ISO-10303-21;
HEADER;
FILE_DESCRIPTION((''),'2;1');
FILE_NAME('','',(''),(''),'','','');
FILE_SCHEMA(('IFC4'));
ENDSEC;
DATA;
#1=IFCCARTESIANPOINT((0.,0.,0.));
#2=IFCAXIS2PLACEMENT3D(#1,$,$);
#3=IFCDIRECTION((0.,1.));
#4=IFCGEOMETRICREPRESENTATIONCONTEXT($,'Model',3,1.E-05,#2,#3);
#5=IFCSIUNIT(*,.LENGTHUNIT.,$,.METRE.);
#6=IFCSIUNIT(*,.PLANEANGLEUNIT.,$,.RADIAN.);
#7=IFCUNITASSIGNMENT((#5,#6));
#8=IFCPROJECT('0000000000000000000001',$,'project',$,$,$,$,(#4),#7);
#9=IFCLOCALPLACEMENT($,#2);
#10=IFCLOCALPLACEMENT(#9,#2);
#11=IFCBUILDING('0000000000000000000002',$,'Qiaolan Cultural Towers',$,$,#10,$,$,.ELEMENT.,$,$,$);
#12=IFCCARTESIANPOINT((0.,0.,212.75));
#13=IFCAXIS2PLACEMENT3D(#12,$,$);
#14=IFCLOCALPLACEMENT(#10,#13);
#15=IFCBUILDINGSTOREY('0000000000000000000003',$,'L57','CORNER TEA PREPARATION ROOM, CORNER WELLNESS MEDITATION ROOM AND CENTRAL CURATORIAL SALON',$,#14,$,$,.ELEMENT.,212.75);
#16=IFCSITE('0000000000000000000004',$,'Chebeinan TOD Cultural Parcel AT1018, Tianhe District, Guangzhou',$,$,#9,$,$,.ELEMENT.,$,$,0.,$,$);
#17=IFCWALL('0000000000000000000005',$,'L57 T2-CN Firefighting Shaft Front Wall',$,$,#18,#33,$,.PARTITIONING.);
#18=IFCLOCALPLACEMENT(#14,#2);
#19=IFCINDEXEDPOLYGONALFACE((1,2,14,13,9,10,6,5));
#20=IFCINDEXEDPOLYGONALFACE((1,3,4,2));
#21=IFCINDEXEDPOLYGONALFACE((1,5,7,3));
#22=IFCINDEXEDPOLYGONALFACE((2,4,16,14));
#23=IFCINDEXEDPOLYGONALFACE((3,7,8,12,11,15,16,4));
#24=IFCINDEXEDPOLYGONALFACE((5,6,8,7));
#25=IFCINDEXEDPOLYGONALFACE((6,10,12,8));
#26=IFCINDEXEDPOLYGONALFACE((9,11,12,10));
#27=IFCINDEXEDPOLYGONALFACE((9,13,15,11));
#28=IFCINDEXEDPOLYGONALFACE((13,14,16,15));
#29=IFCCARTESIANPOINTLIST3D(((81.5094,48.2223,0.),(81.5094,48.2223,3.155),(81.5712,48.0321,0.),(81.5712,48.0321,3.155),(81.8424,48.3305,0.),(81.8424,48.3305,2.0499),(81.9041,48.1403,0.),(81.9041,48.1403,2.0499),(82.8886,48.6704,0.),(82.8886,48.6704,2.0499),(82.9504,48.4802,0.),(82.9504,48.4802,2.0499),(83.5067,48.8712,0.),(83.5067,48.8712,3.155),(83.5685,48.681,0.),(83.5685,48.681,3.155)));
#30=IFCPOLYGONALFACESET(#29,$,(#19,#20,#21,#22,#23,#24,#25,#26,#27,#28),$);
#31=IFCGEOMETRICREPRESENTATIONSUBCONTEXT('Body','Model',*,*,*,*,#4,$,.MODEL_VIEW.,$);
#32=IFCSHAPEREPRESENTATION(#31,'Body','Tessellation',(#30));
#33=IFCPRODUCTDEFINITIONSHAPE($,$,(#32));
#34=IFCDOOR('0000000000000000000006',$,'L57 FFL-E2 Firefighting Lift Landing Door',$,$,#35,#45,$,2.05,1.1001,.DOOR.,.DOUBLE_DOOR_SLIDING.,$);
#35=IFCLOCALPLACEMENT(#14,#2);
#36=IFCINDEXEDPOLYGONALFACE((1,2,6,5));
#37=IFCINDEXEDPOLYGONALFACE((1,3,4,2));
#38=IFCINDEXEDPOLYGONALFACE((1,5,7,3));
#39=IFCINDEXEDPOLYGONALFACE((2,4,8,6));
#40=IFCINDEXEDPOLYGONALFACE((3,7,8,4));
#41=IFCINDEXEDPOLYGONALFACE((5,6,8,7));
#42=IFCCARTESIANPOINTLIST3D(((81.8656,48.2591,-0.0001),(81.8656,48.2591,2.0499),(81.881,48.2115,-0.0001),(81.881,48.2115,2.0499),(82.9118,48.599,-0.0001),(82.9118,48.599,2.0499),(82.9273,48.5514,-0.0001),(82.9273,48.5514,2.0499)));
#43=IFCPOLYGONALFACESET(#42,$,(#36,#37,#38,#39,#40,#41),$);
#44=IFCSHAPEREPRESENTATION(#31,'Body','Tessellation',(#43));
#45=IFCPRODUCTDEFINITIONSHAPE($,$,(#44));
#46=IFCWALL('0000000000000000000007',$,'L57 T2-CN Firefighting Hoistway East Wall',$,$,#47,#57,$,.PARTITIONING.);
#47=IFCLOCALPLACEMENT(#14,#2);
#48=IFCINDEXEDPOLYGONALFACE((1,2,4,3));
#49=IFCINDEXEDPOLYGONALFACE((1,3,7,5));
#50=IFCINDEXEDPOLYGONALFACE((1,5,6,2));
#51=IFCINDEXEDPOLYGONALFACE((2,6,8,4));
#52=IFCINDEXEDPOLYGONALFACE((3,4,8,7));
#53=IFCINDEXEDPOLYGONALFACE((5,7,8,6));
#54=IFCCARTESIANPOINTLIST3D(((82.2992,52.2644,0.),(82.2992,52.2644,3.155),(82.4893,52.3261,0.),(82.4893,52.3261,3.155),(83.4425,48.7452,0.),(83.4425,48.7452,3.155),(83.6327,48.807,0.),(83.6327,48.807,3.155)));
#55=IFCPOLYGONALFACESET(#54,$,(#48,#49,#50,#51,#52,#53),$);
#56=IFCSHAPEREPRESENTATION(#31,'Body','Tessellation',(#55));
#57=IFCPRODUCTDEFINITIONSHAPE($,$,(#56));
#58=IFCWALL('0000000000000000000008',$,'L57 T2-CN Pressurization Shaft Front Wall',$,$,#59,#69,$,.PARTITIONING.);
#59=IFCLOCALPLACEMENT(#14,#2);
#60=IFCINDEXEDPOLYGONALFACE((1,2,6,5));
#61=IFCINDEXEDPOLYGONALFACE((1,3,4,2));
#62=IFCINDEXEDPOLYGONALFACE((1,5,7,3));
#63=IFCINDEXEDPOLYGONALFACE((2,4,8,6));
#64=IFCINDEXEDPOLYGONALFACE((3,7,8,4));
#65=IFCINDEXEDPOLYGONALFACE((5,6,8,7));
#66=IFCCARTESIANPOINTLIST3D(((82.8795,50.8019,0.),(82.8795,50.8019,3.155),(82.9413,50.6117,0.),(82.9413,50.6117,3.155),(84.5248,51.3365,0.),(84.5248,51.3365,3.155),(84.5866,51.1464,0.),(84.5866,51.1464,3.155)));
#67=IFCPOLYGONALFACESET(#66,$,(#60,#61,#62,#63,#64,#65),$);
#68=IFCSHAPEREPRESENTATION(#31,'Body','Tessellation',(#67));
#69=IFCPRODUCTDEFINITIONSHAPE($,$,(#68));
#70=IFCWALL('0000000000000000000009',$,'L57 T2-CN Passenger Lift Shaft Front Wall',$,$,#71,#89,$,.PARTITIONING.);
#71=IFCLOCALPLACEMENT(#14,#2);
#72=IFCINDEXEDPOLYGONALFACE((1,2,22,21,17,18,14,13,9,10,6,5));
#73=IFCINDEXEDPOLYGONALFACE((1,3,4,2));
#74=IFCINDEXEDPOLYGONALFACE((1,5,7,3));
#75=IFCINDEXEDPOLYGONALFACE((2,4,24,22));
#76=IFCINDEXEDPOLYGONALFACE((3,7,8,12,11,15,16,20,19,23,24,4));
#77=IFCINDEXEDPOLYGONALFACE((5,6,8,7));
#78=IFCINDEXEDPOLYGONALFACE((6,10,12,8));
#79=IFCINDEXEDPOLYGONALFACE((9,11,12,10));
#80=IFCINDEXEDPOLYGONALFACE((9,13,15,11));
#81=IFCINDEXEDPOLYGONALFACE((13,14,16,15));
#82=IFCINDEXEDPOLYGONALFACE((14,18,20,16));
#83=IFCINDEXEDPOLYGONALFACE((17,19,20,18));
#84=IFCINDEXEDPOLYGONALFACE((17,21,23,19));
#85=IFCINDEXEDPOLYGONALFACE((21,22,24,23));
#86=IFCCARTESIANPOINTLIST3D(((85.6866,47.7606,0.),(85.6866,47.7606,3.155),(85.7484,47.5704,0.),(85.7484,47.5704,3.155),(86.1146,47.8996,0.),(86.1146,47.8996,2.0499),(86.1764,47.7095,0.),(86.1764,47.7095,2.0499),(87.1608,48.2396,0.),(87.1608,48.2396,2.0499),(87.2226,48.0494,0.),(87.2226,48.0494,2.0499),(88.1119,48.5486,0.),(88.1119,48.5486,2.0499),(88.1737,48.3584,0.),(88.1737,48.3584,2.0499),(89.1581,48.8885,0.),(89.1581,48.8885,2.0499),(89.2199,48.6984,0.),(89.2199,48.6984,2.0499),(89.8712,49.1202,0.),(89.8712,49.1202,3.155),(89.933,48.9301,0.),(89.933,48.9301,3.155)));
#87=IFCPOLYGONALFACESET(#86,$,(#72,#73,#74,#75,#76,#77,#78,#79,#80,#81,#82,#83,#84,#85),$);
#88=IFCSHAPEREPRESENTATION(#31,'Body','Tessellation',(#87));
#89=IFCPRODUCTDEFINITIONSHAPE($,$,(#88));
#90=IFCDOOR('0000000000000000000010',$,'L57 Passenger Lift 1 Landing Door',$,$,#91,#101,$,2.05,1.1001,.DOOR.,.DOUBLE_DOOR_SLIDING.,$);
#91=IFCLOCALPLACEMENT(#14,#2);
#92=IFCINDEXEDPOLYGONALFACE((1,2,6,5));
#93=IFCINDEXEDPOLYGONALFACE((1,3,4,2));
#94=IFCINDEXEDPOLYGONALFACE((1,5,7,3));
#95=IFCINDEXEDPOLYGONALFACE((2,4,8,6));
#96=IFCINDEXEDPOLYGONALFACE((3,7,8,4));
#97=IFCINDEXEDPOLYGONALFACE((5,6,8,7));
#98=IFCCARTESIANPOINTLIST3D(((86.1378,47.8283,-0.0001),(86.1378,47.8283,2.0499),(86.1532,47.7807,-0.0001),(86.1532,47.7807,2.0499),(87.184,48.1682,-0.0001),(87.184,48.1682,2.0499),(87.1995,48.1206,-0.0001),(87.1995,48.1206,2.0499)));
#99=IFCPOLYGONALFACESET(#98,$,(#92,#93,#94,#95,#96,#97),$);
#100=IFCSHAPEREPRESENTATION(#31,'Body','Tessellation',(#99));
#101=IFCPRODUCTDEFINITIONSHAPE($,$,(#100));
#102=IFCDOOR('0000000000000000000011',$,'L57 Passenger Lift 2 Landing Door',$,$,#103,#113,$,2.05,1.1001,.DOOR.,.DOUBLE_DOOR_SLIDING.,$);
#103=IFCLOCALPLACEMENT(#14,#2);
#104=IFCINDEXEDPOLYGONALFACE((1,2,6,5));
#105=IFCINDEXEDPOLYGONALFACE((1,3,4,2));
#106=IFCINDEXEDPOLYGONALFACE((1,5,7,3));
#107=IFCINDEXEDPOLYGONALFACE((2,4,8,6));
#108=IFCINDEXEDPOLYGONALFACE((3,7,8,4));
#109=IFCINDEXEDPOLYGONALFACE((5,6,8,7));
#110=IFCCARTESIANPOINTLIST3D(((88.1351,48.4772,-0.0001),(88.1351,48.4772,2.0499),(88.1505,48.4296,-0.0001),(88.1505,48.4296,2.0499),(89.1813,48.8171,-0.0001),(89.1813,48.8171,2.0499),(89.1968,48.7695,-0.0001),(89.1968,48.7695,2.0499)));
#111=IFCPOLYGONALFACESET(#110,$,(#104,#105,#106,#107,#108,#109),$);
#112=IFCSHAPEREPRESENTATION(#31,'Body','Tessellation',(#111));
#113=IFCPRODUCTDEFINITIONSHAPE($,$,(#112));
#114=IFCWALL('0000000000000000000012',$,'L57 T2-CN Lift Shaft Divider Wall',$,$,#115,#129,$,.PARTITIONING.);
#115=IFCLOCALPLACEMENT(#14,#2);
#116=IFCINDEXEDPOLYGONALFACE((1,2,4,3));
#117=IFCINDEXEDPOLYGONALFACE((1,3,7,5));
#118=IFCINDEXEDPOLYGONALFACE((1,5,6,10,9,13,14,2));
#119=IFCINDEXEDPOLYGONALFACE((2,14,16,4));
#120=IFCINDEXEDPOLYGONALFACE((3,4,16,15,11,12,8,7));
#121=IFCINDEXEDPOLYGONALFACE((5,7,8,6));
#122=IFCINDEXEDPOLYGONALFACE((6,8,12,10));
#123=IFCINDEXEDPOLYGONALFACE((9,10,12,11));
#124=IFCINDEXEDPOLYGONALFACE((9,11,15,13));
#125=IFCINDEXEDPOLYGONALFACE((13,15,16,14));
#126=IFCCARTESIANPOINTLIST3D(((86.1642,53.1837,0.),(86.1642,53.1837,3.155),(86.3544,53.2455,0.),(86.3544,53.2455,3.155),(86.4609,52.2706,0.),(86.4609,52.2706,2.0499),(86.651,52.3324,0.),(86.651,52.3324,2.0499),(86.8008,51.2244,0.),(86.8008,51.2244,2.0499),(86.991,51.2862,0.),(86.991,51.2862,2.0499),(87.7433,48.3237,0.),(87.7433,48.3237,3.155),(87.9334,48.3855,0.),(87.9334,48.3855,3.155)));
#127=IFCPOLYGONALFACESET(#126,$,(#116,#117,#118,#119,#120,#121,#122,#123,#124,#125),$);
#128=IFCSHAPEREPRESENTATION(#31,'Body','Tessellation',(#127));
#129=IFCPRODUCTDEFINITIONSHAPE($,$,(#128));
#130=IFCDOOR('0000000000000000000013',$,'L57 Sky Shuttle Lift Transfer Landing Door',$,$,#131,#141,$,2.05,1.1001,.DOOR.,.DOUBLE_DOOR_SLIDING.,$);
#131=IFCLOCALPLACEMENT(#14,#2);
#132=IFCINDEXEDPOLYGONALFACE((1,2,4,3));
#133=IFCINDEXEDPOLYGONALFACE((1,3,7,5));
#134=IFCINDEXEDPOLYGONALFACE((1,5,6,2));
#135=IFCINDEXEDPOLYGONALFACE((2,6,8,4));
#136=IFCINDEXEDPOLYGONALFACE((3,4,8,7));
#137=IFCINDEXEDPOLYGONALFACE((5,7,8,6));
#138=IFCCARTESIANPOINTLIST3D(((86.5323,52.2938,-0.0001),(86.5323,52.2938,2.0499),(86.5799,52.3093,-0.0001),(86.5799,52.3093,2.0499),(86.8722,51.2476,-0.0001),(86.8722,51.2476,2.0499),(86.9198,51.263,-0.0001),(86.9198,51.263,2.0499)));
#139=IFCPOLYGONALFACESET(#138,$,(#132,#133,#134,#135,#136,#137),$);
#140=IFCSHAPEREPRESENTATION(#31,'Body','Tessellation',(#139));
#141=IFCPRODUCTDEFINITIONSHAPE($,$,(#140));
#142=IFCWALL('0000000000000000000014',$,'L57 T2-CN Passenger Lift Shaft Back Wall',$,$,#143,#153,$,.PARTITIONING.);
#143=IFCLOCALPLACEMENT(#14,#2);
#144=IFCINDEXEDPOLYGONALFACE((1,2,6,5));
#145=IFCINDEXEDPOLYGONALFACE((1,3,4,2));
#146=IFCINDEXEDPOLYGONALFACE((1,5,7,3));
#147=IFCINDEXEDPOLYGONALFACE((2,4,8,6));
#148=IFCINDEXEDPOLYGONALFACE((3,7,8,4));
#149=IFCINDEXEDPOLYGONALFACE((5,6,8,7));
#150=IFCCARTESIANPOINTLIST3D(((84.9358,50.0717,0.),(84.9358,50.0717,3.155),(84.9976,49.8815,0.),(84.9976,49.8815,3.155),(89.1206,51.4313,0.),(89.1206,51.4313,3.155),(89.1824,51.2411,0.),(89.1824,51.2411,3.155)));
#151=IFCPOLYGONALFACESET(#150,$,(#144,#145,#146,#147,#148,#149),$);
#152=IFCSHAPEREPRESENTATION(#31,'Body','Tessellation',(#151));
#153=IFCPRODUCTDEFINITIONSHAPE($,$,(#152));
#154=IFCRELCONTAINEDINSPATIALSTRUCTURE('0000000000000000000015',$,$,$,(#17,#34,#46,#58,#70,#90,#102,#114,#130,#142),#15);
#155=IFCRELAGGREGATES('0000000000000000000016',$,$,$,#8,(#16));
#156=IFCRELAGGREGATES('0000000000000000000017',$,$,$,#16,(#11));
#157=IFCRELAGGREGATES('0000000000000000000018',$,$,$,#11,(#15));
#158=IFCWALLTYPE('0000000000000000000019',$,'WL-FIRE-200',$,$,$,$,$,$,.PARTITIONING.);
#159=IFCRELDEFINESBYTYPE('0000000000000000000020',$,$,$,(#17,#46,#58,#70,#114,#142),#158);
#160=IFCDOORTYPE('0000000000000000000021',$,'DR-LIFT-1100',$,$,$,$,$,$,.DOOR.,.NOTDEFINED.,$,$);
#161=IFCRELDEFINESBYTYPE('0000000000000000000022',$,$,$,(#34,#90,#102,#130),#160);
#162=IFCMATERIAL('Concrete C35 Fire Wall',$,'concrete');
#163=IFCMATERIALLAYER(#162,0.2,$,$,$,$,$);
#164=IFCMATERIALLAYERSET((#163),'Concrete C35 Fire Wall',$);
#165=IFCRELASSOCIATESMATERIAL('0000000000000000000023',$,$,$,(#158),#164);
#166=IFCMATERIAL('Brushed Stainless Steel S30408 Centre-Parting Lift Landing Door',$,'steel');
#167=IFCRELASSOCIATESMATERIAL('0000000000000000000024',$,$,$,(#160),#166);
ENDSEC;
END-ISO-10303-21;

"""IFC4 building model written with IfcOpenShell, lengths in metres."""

from ifc_helpers import new_model, si_unit, direction, frame, frame_2d, origin, place, context, subcontext, project, spatial, rectangle, extrude, material, layer, layer_set, type_object, element, fill, save


model = new_model("IFC4")

# Units and contexts
model_context = context("Model", 3, precision=1e-05, world=origin(), true_north=direction((0.0, 1.0)))
body_context = subcontext(model_context, "Body", "Model", "MODEL_VIEW")
ifc_project = project(units=[si_unit("LENGTHUNIT", "METRE"), si_unit("PLANEANGLEUNIT", "RADIAN")], contexts=[model_context])

# Site, building, storey
site_placement = place(None, origin())
site = spatial("IfcSite", under=ifc_project, at=site_placement, Name="Chebeinan TOD Cultural Parcel AT1018, Tianhe District, Guangzhou", CompositionType="ELEMENT", RefElevation=0.0)
building_placement = place(site_placement, origin())
building = spatial("IfcBuilding", under=site, at=building_placement, Name="Qiaolan Cultural Towers", CompositionType="ELEMENT")
storey_placement = place(building_placement, frame((0.0, 0.0, 212.75)))
storey = spatial("IfcBuildingStorey", under=building, at=storey_placement, Name="L57", Description="CORNER TEA PREPARATION ROOM, CORNER WELLNESS MEDITATION ROOM AND CENTRAL CURATORIAL SALON", CompositionType="ELEMENT", Elevation=212.75)

# Wall, opening, door
ifc_material_1 = material(Name="Concrete C35 Fire Wall", Category="concrete")
ifc_layer_1 = layer(ifc_material_1, 0.2)
ifc_layer_set_1 = layer_set([ifc_layer_1], Name="Concrete C35 Fire Wall")
wall_type = type_object("IfcWallType", Name="WL-FIRE-200", PredefinedType="PARTITIONING", material=ifc_layer_set_1)
wall_1_placement = place(storey_placement, frame((81.5403, 48.1272, 0.0), z_axis=(0.0, 0.0, 1.0), x_axis=(0.951062, 0.308999, 0.0)))
wall_1 = element("IfcWall", 1, at=wall_1_placement, inside=storey, type_object=wall_type, Name="L57 T2-CN Firefighting Shaft Front Wall", PredefinedType="PARTITIONING", context=body_context, shape_type="SweptSolid", body=[
    extrude(rectangle(XDim=2.1001, YDim=0.2, at=frame_2d((1.05, 0.0))), origin(), (0.0, 0.0, 1.0), 3.155),
])
opening_1_placement = place(wall_1_placement, frame((0.3501, 0.0, 0.0)))
opening_1 = element("IfcOpeningElement", 2, at=opening_1_placement, cuts=wall_1, PredefinedType="OPENING", context=body_context, shape_type="SweptSolid", body=[
    extrude(rectangle(XDim=1.1001, YDim=2.05, at=frame_2d((0.55, 1.0249))), frame((0.0, 0.1099, 0.0), z_axis=(0.0, -1.0, 0.0), x_axis=(1.0, 0.0, 0.0)), (0.0, 0.0, 1.0), 0.22),
])
ifc_material_2 = material(Name="Brushed Stainless Steel S30408 Centre-Parting Lift Landing Door", Category="steel")
door_type = type_object("IfcDoorType", Name="DR-LIFT-1100", OperationType="NOTDEFINED", PredefinedType="DOOR", material=ifc_material_2)
door_1_placement = place(opening_1_placement, origin())
door_1 = element("IfcDoor", 3, at=door_1_placement, inside=storey, type_object=door_type, Name="L57 FFL-E2 Firefighting Lift Landing Door", OperationType="DOUBLE_DOOR_SLIDING", OverallHeight=2.05, OverallWidth=1.1001, PredefinedType="DOOR", context=body_context, shape_type="SweptSolid", body=[
    extrude(rectangle(XDim=1.1001, YDim=2.05, at=frame_2d((0.55, 1.0249))), frame((0.0, 0.0249, 0.0), z_axis=(0.0, -1.0, 0.0), x_axis=(1.0, 0.0, 0.0)), (0.0, 0.0, 1.0), 0.05),
])
fill(opening_1, door_1)

# Walls
wall_2_placement = place(storey_placement, frame((83.5376, 48.7761, 0.0), z_axis=(0.0, 0.0, 1.0), x_axis=(-0.308994, 0.951064, 0.0)))
element("IfcWall", 4, at=wall_2_placement, inside=storey, type_object=wall_type, Name="L57 T2-CN Firefighting Hoistway East Wall", PredefinedType="PARTITIONING", context=body_context, shape_type="SweptSolid", body=[
    extrude(rectangle(XDim=3.7002, YDim=0.2, at=frame_2d((1.8501, 0.0))), origin(), (0.0, 0.0, 1.0), 3.155),
])
wall_3_placement = place(storey_placement, frame((82.9104, 50.7068, 0.0), z_axis=(0.0, 0.0, 1.0), x_axis=(0.951041, 0.309064, 0.0)))
element("IfcWall", 5, at=wall_3_placement, inside=storey, type_object=wall_type, Name="L57 T2-CN Pressurization Shaft Front Wall", PredefinedType="PARTITIONING", context=body_context, shape_type="SweptSolid", body=[
    extrude(rectangle(XDim=1.73, YDim=0.2, at=frame_2d((0.865, 0.0))), origin(), (0.0, 0.0, 1.0), 3.155),
])

# Wall, openings, doors
wall_4_placement = place(storey_placement, frame((85.7175, 47.6655, 0.0), z_axis=(0.0, 0.0, 1.0), x_axis=(0.951059, 0.309011, 0.0)))
wall_4 = element("IfcWall", 6, at=wall_4_placement, inside=storey, type_object=wall_type, Name="L57 T2-CN Passenger Lift Shaft Front Wall", PredefinedType="PARTITIONING", context=body_context, shape_type="SweptSolid", body=[
    extrude(rectangle(XDim=4.3999, YDim=0.2, at=frame_2d((2.2, 0.0))), origin(), (0.0, 0.0, 1.0), 3.155),
])
opening_2_placement = place(wall_4_placement, frame((0.45, 0.0, 0.0)))
opening_2 = element("IfcOpeningElement", 7, at=opening_2_placement, cuts=wall_4, PredefinedType="OPENING", context=body_context, shape_type="SweptSolid", body=[
    extrude(rectangle(XDim=1.1001, YDim=2.05, at=frame_2d((0.55, 1.0249))), frame((0.0, 0.1099, 0.0), z_axis=(0.0, -1.0, 0.0), x_axis=(1.0, 0.0, 0.0)), (0.0, 0.0, 1.0), 0.22),
])
opening_3_placement = place(wall_4_placement, frame((2.55, 0.0, 0.0)))
opening_3 = element("IfcOpeningElement", 8, at=opening_3_placement, cuts=wall_4, PredefinedType="OPENING", context=body_context, shape_type="SweptSolid", body=[
    extrude(rectangle(XDim=1.1001, YDim=2.05, at=frame_2d((0.55, 1.0249))), frame((0.0, 0.1099, 0.0), z_axis=(0.0, -1.0, 0.0), x_axis=(1.0, 0.0, 0.0)), (0.0, 0.0, 1.0), 0.22),
])
door_2_placement = place(opening_2_placement, origin())
door_2 = element("IfcDoor", 9, at=door_2_placement, inside=storey, type_object=door_type, Name="L57 Passenger Lift 1 Landing Door", OperationType="DOUBLE_DOOR_SLIDING", OverallHeight=2.05, OverallWidth=1.1001, PredefinedType="DOOR", context=body_context, shape_type="SweptSolid", body=[
    extrude(rectangle(XDim=1.1001, YDim=2.05, at=frame_2d((0.55, 1.0249))), frame((0.0, 0.0249, 0.0), z_axis=(0.0, -1.0, 0.0), x_axis=(1.0, 0.0, 0.0)), (0.0, 0.0, 1.0), 0.05),
])
fill(opening_2, door_2)
door_3_placement = place(opening_3_placement, origin())
door_3 = element("IfcDoor", 10, at=door_3_placement, inside=storey, type_object=door_type, Name="L57 Passenger Lift 2 Landing Door", OperationType="DOUBLE_DOOR_SLIDING", OverallHeight=2.05, OverallWidth=1.1001, PredefinedType="DOOR", context=body_context, shape_type="SweptSolid", body=[
    extrude(rectangle(XDim=1.1001, YDim=2.05, at=frame_2d((0.55, 1.0249))), frame((0.0, 0.0249, 0.0), z_axis=(0.0, -1.0, 0.0), x_axis=(1.0, 0.0, 0.0)), (0.0, 0.0, 1.0), 0.05),
])
fill(opening_3, door_3)

# Wall, opening, door
wall_5_placement = place(storey_placement, frame((87.8384, 48.3545, 0.0), z_axis=(0.0, 0.0, 1.0), x_axis=(-0.309009, 0.951059, 0.0)))
wall_5 = element("IfcWall", 11, at=wall_5_placement, inside=storey, type_object=wall_type, Name="L57 T2-CN Lift Shaft Divider Wall", PredefinedType="PARTITIONING", context=body_context, shape_type="SweptSolid", body=[
    extrude(rectangle(XDim=5.1101, YDim=0.2, at=frame_2d((2.5552, 0.0))), origin(), (0.0, 0.0, 1.0), 3.155),
])
opening_4_placement = place(wall_5_placement, frame((3.05, 0.0, 0.0)))
opening_4 = element("IfcOpeningElement", 12, at=opening_4_placement, cuts=wall_5, PredefinedType="OPENING", context=body_context, shape_type="SweptSolid", body=[
    extrude(rectangle(XDim=1.1001, YDim=2.05, at=frame_2d((0.55, 1.0249))), frame((0.0, 0.1099, 0.0), z_axis=(0.0, -1.0, 0.0), x_axis=(1.0, 0.0, 0.0)), (0.0, 0.0, 1.0), 0.22),
])
door_4_placement = place(opening_4_placement, origin())
door_4 = element("IfcDoor", 13, at=door_4_placement, inside=storey, type_object=door_type, Name="L57 Sky Shuttle Lift Transfer Landing Door", OperationType="DOUBLE_DOOR_SLIDING", OverallHeight=2.05, OverallWidth=1.1001, PredefinedType="DOOR", context=body_context, shape_type="SweptSolid", body=[
    extrude(rectangle(XDim=1.1001, YDim=2.05, at=frame_2d((0.55, 1.0249))), frame((0.0, 0.0249, 0.0), z_axis=(0.0, -1.0, 0.0), x_axis=(1.0, 0.0, 0.0)), (0.0, 0.0, 1.0), 0.05),
])
fill(opening_4, door_4)

# Wall
wall_6_placement = place(storey_placement, frame((84.9666, 49.9766, 0.0), z_axis=(0.0, 0.0, 1.0), x_axis=(0.951064, 0.308994, 0.0)))
element("IfcWall", 14, at=wall_6_placement, inside=storey, type_object=wall_type, Name="L57 T2-CN Passenger Lift Shaft Back Wall", PredefinedType="PARTITIONING", context=body_context, shape_type="SweptSolid", body=[
    extrude(rectangle(XDim=4.4001, YDim=0.2, at=frame_2d((2.2002, 0.0))), origin(), (0.0, 0.0, 1.0), 3.155),
])

save(model, "model.ifc")
